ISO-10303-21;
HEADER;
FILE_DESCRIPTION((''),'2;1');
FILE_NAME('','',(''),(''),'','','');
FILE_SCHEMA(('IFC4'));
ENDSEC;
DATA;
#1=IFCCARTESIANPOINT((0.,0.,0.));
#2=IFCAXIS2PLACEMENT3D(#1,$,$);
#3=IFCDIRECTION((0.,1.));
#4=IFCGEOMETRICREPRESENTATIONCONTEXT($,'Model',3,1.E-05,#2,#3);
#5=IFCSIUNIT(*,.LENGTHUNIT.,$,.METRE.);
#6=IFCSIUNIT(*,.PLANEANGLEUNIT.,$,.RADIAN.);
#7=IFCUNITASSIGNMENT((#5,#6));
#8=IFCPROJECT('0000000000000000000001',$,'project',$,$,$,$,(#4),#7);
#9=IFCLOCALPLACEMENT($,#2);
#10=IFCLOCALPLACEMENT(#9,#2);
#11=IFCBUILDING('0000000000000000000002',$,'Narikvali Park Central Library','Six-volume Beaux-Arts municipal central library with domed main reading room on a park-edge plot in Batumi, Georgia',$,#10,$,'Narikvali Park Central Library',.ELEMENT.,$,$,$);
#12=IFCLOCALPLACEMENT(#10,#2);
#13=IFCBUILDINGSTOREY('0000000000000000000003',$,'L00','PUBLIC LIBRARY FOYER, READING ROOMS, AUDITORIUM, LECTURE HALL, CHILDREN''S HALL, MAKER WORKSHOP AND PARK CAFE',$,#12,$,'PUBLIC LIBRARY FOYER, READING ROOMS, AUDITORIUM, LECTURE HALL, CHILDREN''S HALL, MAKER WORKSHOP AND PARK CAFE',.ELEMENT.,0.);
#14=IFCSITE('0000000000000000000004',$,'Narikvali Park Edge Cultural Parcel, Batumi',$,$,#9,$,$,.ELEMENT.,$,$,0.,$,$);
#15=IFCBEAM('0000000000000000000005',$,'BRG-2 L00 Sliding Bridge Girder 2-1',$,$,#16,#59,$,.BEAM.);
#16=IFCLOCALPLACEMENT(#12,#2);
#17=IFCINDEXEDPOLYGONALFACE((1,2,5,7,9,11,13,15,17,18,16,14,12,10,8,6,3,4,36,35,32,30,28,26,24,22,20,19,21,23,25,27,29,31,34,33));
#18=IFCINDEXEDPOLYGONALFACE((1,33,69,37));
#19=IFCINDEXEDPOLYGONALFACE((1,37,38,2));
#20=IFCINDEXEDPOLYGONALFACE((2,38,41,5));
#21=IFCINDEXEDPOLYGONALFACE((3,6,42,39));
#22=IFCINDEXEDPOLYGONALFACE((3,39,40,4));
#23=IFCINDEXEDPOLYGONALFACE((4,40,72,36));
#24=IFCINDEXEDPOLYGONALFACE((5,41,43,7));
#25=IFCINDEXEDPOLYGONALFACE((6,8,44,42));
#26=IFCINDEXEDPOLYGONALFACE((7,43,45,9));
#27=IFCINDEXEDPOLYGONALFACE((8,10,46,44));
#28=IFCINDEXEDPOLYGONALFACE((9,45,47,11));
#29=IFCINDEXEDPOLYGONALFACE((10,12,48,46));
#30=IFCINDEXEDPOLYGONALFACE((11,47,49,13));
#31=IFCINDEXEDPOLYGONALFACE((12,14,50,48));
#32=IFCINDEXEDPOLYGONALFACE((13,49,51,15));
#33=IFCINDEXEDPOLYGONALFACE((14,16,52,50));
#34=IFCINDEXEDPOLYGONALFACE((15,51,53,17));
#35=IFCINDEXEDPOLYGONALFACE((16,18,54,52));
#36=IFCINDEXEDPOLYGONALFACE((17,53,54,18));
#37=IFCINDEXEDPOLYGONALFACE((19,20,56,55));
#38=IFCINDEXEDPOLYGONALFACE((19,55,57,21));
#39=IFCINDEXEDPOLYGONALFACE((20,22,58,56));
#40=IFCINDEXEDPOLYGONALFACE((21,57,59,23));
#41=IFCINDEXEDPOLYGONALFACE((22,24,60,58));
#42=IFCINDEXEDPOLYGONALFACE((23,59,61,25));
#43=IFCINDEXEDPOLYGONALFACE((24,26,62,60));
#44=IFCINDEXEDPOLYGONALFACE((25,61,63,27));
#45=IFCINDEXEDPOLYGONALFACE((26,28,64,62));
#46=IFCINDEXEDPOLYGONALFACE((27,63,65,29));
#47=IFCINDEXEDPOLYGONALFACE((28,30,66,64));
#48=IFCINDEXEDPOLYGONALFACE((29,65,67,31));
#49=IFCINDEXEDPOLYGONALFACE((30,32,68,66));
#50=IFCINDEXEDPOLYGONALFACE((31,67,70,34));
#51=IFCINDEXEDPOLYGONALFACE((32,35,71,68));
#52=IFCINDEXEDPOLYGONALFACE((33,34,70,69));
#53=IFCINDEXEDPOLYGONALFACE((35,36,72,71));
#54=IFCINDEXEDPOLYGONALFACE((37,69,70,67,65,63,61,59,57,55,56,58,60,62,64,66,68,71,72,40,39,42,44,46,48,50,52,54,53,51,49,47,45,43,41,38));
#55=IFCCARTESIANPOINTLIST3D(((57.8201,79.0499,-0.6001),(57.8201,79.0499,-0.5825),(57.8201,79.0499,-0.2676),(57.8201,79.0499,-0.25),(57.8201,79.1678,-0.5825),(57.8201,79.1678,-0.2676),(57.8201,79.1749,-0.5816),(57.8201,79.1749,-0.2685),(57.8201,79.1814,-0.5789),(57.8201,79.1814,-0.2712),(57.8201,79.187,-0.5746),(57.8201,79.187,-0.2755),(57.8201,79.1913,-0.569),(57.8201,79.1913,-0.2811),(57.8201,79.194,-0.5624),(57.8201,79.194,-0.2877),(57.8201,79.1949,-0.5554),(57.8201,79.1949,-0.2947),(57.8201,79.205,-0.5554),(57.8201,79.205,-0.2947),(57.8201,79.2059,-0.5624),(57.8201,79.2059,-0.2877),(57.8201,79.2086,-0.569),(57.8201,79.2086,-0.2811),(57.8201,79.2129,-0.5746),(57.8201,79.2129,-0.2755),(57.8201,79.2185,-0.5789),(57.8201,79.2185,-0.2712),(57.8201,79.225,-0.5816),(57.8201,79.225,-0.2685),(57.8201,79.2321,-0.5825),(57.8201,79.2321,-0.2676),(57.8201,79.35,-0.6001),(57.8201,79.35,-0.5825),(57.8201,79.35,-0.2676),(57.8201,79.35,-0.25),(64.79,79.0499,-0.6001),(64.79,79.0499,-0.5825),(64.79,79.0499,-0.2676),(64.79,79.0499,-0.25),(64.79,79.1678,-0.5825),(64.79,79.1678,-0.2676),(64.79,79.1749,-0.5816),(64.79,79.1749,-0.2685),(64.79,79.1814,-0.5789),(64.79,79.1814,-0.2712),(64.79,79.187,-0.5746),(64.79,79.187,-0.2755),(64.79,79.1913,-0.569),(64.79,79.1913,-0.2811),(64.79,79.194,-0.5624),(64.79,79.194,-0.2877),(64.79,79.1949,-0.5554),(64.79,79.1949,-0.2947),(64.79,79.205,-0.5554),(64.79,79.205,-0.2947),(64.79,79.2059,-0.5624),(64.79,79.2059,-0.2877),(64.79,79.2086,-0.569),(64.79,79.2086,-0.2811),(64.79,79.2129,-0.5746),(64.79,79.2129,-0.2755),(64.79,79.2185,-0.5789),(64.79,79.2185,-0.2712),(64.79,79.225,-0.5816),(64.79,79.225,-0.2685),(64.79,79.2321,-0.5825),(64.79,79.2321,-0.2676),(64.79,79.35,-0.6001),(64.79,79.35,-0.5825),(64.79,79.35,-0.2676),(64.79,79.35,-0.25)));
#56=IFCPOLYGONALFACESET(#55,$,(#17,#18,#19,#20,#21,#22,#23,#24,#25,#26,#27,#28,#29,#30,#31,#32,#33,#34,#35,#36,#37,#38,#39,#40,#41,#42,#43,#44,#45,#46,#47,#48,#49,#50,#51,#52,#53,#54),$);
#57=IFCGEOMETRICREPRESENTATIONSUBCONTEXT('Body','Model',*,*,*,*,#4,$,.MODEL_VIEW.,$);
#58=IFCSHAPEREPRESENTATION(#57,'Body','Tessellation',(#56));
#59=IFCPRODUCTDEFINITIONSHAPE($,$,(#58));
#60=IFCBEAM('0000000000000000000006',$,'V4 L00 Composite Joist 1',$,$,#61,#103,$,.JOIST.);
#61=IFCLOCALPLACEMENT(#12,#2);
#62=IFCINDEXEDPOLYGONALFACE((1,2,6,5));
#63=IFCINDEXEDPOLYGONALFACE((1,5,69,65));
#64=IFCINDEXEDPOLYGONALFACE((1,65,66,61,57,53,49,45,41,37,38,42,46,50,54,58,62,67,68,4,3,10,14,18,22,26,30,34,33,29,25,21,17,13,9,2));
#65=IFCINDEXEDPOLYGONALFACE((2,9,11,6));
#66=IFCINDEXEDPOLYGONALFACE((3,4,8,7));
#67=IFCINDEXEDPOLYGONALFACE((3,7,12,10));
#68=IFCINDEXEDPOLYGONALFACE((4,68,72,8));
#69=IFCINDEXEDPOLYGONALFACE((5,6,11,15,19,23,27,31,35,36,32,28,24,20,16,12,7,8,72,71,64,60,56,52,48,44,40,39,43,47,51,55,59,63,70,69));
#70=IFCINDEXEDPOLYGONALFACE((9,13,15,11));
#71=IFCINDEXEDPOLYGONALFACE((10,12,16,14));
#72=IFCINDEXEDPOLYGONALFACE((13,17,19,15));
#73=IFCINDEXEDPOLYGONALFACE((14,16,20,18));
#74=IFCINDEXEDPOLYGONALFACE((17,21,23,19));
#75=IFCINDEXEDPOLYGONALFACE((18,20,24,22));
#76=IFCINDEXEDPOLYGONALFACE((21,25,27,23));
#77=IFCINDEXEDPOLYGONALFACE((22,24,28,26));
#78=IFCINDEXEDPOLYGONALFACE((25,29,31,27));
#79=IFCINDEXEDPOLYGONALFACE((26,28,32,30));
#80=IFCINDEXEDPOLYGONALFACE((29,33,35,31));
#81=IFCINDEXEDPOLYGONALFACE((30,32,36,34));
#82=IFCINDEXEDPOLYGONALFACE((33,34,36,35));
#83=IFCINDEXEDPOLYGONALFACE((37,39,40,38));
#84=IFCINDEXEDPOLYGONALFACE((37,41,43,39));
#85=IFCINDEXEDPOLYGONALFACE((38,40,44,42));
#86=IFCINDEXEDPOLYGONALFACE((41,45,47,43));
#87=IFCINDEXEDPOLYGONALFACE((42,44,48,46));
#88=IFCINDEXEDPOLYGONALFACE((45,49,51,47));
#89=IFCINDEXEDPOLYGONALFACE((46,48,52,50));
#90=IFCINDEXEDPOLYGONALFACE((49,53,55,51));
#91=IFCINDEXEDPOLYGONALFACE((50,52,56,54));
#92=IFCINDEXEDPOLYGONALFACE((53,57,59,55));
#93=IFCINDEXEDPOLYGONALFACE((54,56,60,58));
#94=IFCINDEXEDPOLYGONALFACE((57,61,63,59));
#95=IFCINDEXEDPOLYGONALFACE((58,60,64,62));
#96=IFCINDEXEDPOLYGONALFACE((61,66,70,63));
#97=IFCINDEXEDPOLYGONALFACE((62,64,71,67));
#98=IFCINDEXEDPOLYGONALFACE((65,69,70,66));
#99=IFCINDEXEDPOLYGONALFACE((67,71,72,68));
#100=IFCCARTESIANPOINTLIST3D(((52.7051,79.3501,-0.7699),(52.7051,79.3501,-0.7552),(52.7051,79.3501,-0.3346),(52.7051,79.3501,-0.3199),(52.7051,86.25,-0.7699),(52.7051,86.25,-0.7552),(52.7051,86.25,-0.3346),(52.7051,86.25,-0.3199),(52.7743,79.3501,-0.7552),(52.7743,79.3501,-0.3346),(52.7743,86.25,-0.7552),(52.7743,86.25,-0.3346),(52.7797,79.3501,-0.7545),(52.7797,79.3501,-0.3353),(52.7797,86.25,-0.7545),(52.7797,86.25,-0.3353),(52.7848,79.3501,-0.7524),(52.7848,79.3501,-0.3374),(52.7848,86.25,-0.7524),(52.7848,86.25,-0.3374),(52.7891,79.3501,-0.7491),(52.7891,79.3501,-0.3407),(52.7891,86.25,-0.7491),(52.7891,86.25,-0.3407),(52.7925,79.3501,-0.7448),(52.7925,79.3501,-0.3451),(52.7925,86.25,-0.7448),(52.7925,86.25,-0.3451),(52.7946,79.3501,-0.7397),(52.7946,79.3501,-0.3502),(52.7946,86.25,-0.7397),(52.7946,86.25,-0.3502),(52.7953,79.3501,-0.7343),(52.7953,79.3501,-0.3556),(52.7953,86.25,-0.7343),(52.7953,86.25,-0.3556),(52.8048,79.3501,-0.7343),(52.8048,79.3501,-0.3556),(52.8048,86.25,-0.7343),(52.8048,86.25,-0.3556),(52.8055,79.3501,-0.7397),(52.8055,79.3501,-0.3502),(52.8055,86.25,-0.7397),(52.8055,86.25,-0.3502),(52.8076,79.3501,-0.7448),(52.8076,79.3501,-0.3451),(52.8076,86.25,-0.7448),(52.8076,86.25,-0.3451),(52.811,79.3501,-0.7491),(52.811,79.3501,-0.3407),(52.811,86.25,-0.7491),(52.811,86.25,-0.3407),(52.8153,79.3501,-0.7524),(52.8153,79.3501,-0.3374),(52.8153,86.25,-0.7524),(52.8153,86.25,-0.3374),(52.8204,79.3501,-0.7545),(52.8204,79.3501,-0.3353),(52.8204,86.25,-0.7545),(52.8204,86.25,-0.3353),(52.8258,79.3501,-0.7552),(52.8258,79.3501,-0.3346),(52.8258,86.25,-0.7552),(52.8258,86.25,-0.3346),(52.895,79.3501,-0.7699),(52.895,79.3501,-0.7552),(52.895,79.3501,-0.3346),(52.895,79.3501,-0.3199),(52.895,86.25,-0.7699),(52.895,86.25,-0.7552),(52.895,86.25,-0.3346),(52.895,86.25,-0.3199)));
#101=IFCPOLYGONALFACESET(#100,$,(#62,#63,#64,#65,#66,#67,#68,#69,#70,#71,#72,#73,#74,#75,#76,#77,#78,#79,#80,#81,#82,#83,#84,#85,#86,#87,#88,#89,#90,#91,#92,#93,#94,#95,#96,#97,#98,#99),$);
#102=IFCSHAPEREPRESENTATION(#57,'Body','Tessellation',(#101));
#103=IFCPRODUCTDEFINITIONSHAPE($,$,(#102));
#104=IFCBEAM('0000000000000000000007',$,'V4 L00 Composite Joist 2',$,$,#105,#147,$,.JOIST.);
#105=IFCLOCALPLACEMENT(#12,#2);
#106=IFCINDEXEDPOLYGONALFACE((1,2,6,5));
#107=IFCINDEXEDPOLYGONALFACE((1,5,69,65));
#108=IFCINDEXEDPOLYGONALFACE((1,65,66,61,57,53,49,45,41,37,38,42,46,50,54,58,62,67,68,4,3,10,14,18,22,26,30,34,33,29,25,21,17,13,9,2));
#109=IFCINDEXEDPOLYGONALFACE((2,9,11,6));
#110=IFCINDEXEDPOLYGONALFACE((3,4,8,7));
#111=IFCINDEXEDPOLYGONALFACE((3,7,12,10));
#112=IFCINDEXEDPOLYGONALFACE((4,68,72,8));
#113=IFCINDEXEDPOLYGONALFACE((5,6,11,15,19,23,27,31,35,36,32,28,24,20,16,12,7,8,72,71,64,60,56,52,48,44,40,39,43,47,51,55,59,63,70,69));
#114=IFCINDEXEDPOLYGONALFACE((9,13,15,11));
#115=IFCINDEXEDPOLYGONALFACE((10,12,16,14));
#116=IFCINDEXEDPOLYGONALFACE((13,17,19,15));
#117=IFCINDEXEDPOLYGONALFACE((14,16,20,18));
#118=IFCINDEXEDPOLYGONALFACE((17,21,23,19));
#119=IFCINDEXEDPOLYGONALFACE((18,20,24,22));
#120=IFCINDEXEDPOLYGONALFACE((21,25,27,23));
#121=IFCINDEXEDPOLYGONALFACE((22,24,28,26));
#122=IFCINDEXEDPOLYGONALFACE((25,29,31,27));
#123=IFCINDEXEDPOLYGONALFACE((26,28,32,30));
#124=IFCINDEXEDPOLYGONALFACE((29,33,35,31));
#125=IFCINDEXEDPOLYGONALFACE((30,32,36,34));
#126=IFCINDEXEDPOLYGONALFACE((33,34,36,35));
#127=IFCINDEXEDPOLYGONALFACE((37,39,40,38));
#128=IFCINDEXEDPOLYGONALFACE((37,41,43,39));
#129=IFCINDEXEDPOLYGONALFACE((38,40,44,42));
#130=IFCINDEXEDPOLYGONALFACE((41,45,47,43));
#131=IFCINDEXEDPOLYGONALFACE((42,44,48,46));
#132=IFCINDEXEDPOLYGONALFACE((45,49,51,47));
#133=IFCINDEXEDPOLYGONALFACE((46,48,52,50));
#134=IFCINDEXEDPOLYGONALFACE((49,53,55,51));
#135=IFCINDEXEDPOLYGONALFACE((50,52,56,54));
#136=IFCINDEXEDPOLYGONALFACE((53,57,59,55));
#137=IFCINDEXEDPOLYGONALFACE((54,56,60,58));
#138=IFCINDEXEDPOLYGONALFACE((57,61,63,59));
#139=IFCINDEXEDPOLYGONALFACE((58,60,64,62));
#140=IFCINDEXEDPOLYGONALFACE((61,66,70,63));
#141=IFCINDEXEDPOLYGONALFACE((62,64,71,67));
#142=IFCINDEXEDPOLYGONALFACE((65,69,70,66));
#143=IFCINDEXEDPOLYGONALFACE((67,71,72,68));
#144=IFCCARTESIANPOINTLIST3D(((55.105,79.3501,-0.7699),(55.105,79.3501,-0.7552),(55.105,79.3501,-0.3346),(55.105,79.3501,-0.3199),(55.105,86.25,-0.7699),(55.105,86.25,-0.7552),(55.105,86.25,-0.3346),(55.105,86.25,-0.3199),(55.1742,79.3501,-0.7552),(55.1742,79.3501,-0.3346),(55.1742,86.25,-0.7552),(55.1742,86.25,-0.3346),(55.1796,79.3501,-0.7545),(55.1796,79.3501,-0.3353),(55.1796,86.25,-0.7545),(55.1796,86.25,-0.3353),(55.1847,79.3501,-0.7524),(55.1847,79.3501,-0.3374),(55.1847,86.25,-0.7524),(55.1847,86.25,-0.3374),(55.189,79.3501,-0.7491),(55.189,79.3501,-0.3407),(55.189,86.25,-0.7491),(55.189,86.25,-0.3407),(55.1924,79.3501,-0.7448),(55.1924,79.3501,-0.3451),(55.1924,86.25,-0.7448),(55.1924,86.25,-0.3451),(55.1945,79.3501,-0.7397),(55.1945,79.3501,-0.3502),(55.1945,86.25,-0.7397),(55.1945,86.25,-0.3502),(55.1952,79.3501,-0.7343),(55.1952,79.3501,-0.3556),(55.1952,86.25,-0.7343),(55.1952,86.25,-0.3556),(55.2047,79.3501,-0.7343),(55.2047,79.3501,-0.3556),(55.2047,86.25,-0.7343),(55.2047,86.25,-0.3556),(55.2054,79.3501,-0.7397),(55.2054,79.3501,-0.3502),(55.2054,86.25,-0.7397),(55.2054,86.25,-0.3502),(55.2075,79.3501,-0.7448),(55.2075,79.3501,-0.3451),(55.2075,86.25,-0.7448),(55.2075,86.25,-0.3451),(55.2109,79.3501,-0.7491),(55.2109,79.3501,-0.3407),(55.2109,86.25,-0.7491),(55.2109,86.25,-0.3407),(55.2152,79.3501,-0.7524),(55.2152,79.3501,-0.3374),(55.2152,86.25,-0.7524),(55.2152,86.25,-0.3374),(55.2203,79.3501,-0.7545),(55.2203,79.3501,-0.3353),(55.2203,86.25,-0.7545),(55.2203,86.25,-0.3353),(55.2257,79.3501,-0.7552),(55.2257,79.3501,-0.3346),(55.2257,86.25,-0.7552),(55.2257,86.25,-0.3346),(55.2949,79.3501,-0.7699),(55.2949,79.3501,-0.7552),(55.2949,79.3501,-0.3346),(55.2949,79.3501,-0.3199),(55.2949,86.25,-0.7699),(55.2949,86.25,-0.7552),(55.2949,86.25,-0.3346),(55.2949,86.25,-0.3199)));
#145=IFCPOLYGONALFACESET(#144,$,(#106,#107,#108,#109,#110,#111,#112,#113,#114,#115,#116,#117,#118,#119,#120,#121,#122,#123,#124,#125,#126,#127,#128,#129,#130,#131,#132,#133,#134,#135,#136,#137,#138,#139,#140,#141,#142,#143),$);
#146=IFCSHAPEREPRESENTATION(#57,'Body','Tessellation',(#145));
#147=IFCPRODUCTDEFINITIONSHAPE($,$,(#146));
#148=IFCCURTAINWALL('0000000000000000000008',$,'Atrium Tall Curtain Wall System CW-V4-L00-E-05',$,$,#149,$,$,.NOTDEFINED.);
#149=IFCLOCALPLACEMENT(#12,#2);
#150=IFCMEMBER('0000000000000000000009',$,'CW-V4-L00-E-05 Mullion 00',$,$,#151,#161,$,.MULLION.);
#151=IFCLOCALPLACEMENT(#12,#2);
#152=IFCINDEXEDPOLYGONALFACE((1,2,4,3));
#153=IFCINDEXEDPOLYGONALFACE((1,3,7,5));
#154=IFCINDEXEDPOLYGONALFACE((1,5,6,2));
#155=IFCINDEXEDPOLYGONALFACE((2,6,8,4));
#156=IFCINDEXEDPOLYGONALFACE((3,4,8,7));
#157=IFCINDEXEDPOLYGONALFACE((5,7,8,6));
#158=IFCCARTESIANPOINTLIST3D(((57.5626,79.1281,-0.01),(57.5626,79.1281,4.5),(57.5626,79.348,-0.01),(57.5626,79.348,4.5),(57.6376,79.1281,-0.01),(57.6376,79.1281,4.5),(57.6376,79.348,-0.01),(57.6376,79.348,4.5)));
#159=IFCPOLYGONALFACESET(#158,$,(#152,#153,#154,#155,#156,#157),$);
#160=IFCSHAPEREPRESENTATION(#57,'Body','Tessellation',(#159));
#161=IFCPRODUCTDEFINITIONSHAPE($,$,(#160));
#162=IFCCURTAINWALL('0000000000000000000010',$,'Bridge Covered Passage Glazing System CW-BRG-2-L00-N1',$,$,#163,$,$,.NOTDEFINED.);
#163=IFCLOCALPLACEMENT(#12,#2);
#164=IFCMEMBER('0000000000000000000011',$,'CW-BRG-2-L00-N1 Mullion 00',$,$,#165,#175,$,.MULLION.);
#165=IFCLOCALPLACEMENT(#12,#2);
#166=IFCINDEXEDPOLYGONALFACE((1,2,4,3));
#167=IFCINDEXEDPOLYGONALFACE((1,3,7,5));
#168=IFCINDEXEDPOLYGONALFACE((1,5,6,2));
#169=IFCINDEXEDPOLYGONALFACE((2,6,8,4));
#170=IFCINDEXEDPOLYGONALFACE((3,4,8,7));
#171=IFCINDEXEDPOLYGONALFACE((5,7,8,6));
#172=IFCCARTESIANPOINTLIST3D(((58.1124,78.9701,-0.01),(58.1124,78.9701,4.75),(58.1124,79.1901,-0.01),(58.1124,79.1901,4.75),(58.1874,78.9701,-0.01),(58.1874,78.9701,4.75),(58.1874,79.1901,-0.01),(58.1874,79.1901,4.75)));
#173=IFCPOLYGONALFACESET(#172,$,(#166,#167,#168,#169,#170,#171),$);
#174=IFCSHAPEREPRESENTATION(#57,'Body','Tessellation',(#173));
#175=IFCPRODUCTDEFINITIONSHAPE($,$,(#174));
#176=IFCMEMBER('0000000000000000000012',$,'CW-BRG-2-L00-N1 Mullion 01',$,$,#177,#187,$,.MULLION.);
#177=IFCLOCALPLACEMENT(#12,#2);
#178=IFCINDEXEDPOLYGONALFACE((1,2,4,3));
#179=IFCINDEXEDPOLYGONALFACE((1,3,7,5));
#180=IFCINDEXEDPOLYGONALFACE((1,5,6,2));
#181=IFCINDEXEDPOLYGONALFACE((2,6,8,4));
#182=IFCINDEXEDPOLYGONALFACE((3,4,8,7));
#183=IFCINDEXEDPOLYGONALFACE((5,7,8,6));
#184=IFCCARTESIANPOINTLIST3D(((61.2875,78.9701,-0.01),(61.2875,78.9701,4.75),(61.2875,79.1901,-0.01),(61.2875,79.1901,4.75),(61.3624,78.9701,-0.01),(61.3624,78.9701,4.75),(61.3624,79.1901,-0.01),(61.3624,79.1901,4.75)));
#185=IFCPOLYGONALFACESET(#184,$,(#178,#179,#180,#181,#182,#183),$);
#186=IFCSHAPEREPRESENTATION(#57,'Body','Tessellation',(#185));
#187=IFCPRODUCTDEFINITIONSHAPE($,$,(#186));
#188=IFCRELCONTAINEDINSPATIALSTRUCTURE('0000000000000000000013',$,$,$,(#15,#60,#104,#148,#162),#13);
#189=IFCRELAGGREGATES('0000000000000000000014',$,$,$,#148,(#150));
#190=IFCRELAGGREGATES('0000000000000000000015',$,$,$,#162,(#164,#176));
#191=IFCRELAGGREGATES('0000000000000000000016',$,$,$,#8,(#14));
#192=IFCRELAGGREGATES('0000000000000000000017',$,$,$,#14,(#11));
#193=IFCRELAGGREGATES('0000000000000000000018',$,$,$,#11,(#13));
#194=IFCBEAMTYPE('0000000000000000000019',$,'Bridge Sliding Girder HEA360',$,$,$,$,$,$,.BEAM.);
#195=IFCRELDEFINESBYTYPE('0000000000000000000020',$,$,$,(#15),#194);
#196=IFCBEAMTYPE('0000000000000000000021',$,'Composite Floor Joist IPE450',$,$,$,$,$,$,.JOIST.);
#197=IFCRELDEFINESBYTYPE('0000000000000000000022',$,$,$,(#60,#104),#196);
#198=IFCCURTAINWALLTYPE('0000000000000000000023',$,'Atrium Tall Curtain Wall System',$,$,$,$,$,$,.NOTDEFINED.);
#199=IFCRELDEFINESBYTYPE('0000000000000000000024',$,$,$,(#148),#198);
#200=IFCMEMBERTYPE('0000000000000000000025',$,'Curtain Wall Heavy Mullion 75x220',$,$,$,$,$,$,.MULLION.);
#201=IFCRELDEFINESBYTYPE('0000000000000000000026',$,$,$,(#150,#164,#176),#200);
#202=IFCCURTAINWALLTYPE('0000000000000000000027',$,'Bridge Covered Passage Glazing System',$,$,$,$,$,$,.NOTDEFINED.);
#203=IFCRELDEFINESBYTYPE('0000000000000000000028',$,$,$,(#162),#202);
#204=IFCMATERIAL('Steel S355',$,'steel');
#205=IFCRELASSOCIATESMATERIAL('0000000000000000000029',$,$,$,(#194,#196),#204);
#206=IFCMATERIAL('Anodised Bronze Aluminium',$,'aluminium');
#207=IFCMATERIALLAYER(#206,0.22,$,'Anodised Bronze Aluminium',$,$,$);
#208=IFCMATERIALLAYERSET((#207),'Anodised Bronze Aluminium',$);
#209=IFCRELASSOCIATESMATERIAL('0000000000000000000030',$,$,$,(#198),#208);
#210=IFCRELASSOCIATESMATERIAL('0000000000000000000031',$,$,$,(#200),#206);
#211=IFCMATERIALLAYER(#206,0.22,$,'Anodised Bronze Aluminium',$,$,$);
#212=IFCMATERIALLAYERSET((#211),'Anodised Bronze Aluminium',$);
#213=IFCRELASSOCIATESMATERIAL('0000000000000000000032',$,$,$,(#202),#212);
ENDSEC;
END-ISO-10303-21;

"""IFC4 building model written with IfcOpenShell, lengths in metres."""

from ifc_helpers import new_model, si_unit, direction, frame, origin, origin_2d, place, context, subcontext, project, spatial, rectangle, i_section, extrude, material, layer, layer_set, material_profile, profile_set, type_object, element, aggregate, save


model = new_model("IFC4")

# Units and contexts
model_context = context("Model", 3, precision=1e-05, world=origin(), true_north=direction((0.0, 1.0)))
body_context = subcontext(model_context, "Body", "Model", "MODEL_VIEW")
ifc_project = project(units=[si_unit("LENGTHUNIT", "METRE"), si_unit("PLANEANGLEUNIT", "RADIAN")], contexts=[model_context])

# Site, building, storey
site_placement = place(None, origin())
site = spatial("IfcSite", under=ifc_project, at=site_placement, Name="Narikvali Park Edge Cultural Parcel, Batumi", CompositionType="ELEMENT", RefElevation=0.0)
building_placement = place(site_placement, origin())
building = spatial("IfcBuilding", under=site, at=building_placement, Name="Narikvali Park Central Library", Description="Six-volume Beaux-Arts municipal central library with domed main reading room on a park-edge plot in Batumi, Georgia", LongName="Narikvali Park Central Library", CompositionType="ELEMENT")
storey_placement = place(building_placement, origin())
storey = spatial("IfcBuildingStorey", under=building, at=storey_placement, Name="L00", Description="PUBLIC LIBRARY FOYER, READING ROOMS, AUDITORIUM, LECTURE HALL, CHILDREN'S HALL, MAKER WORKSHOP AND PARK CAFE", LongName="PUBLIC LIBRARY FOYER, READING ROOMS, AUDITORIUM, LECTURE HALL, CHILDREN'S HALL, MAKER WORKSHOP AND PARK CAFE", CompositionType="ELEMENT", Elevation=0.0)

# Shared definitions
ifc_material_1 = material(Name="Steel S355", Category="steel")

# Beams
ifc_material_profile_1 = material_profile(ifc_material_1, i_section(OverallWidth=0.3, OverallDepth=0.3501, WebThickness=0.01, FlangeThickness=0.0176, FilletRadius=0.0271, at=origin_2d()), Name="HEA 360")
ifc_profile_set_1 = profile_set([ifc_material_profile_1], Name="Steel S355")
beam_type_1 = type_object("IfcBeamType", Name="Bridge Sliding Girder HEA360", PredefinedType="BEAM", material=ifc_profile_set_1)
beam_1_placement = place(storey_placement, frame((57.8201, 79.2, -0.425), z_axis=(1.0, 0.0, 0.0), x_axis=(0.0, 1.0, 0.0)))
element("IfcBeam", 1, at=beam_1_placement, inside=storey, type_object=beam_type_1, Name="BRG-2 L00 Sliding Bridge Girder 2-1", PredefinedType="BEAM", context=body_context, shape_type="SweptSolid", body=[
    extrude(i_section(OverallWidth=0.3, OverallDepth=0.3501, WebThickness=0.01, FlangeThickness=0.0176, FilletRadius=0.0271, at=origin_2d()), origin(), (0.0, 0.0, 1.0), 6.97),
])
ifc_material_profile_2 = material_profile(ifc_material_1, i_section(OverallWidth=0.1899, OverallDepth=0.45, WebThickness=0.0095, FlangeThickness=0.0146, FilletRadius=0.021, at=origin_2d()), Name="IPE 450")
ifc_profile_set_2 = profile_set([ifc_material_profile_2], Name="Steel S355")
beam_type_2 = type_object("IfcBeamType", Name="Composite Floor Joist IPE450", PredefinedType="JOIST", material=ifc_profile_set_2)
for number, where, z_axis, x_axis, name in (
    (2, (52.8, 79.3501, -0.5449), (0.0, 1.0, 0.0), (-1.0, 0.0, 0.0), "V4 L00 Composite Joist 1"),
    (3, (55.2, 79.3501, -0.5449), (0.0, 1.0, 0.0), (-1.0, 0.0, 0.0), "V4 L00 Composite Joist 2"),
):
    element("IfcBeam", number, at=place(storey_placement, frame(where, z_axis=z_axis, x_axis=x_axis)), inside=storey, type_object=beam_type_2, Name=name, PredefinedType="JOIST", context=body_context, shape_type="SweptSolid", body=[
        extrude(i_section(OverallWidth=0.1899, OverallDepth=0.45, WebThickness=0.0095, FlangeThickness=0.0146, FilletRadius=0.021, at=origin_2d()), origin(), (0.0, 0.0, 1.0), 6.8999),
    ])

# Curtain wall, member
ifc_material_2 = material(Name="Anodised Bronze Aluminium", Category="aluminium")
ifc_layer_1 = layer(ifc_material_2, 0.22, Name="Anodised Bronze Aluminium")
ifc_layer_set_1 = layer_set([ifc_layer_1], Name="Anodised Bronze Aluminium")
curtain_wall_type_1 = type_object("IfcCurtainWallType", Name="Atrium Tall Curtain Wall System", PredefinedType="NOTDEFINED", material=ifc_layer_set_1)
curtain_wall_1_placement = place(storey_placement, origin())
curtain_wall_1 = element("IfcCurtainWall", 4, at=curtain_wall_1_placement, inside=storey, type_object=curtain_wall_type_1, Name="Atrium Tall Curtain Wall System CW-V4-L00-E-05", PredefinedType="NOTDEFINED")
ifc_material_profile_3 = material_profile(ifc_material_2, rectangle(XDim=0.075, YDim=0.22, at=origin_2d()), Name="CW MULLION 75x220")
ifc_profile_set_3 = profile_set([ifc_material_profile_3], Name="Anodised Bronze Aluminium")
member_type_1 = type_object("IfcMemberType", Name="Curtain Wall Heavy Mullion 75x220", PredefinedType="MULLION", material=ifc_profile_set_3)
member_1_placement = place(storey_placement, frame((57.6001, 79.238, -0.01), z_axis=(0.0, 0.0, 1.0), x_axis=(1.0, 0.0, 0.0)))
member_1 = element("IfcMember", 5, at=member_1_placement, type_object=member_type_1, Name="CW-V4-L00-E-05 Mullion 00", PredefinedType="MULLION", context=body_context, shape_type="SweptSolid", body=[
    extrude(rectangle(XDim=0.075, YDim=0.22, at=origin_2d()), origin(), (0.0, 0.0, 1.0), 4.51),
])

# Curtain wall, members
ifc_layer_2 = layer(ifc_material_2, 0.22, Name="Anodised Bronze Aluminium")
ifc_layer_set_2 = layer_set([ifc_layer_2], Name="Anodised Bronze Aluminium")
curtain_wall_type_2 = type_object("IfcCurtainWallType", Name="Bridge Covered Passage Glazing System", PredefinedType="NOTDEFINED", material=ifc_layer_set_2)
curtain_wall_2_placement = place(storey_placement, origin())
curtain_wall_2 = element("IfcCurtainWall", 6, at=curtain_wall_2_placement, inside=storey, type_object=curtain_wall_type_2, Name="Bridge Covered Passage Glazing System CW-BRG-2-L00-N1", PredefinedType="NOTDEFINED")
member_2_placement = place(storey_placement, frame((58.1499, 79.0801, -0.01), z_axis=(0.0, 0.0, 1.0), x_axis=(1.0, 0.0, 0.0)))
member_2 = element("IfcMember", 7, at=member_2_placement, type_object=member_type_1, Name="CW-BRG-2-L00-N1 Mullion 00", PredefinedType="MULLION", context=body_context, shape_type="SweptSolid", body=[
    extrude(rectangle(XDim=0.075, YDim=0.22, at=origin_2d()), origin(), (0.0, 0.0, 1.0), 4.76),
])
member_3_placement = place(storey_placement, frame((61.325, 79.0801, -0.01), z_axis=(0.0, 0.0, 1.0), x_axis=(1.0, 0.0, 0.0)))
member_3 = element("IfcMember", 8, at=member_3_placement, type_object=member_type_1, Name="CW-BRG-2-L00-N1 Mullion 01", PredefinedType="MULLION", context=body_context, shape_type="SweptSolid", body=[
    extrude(rectangle(XDim=0.075, YDim=0.22, at=origin_2d()), origin(), (0.0, 0.0, 1.0), 4.76),
])

aggregate(curtain_wall_1, [member_1])
aggregate(curtain_wall_2, [member_2, member_3])

save(model, "model.ifc")
